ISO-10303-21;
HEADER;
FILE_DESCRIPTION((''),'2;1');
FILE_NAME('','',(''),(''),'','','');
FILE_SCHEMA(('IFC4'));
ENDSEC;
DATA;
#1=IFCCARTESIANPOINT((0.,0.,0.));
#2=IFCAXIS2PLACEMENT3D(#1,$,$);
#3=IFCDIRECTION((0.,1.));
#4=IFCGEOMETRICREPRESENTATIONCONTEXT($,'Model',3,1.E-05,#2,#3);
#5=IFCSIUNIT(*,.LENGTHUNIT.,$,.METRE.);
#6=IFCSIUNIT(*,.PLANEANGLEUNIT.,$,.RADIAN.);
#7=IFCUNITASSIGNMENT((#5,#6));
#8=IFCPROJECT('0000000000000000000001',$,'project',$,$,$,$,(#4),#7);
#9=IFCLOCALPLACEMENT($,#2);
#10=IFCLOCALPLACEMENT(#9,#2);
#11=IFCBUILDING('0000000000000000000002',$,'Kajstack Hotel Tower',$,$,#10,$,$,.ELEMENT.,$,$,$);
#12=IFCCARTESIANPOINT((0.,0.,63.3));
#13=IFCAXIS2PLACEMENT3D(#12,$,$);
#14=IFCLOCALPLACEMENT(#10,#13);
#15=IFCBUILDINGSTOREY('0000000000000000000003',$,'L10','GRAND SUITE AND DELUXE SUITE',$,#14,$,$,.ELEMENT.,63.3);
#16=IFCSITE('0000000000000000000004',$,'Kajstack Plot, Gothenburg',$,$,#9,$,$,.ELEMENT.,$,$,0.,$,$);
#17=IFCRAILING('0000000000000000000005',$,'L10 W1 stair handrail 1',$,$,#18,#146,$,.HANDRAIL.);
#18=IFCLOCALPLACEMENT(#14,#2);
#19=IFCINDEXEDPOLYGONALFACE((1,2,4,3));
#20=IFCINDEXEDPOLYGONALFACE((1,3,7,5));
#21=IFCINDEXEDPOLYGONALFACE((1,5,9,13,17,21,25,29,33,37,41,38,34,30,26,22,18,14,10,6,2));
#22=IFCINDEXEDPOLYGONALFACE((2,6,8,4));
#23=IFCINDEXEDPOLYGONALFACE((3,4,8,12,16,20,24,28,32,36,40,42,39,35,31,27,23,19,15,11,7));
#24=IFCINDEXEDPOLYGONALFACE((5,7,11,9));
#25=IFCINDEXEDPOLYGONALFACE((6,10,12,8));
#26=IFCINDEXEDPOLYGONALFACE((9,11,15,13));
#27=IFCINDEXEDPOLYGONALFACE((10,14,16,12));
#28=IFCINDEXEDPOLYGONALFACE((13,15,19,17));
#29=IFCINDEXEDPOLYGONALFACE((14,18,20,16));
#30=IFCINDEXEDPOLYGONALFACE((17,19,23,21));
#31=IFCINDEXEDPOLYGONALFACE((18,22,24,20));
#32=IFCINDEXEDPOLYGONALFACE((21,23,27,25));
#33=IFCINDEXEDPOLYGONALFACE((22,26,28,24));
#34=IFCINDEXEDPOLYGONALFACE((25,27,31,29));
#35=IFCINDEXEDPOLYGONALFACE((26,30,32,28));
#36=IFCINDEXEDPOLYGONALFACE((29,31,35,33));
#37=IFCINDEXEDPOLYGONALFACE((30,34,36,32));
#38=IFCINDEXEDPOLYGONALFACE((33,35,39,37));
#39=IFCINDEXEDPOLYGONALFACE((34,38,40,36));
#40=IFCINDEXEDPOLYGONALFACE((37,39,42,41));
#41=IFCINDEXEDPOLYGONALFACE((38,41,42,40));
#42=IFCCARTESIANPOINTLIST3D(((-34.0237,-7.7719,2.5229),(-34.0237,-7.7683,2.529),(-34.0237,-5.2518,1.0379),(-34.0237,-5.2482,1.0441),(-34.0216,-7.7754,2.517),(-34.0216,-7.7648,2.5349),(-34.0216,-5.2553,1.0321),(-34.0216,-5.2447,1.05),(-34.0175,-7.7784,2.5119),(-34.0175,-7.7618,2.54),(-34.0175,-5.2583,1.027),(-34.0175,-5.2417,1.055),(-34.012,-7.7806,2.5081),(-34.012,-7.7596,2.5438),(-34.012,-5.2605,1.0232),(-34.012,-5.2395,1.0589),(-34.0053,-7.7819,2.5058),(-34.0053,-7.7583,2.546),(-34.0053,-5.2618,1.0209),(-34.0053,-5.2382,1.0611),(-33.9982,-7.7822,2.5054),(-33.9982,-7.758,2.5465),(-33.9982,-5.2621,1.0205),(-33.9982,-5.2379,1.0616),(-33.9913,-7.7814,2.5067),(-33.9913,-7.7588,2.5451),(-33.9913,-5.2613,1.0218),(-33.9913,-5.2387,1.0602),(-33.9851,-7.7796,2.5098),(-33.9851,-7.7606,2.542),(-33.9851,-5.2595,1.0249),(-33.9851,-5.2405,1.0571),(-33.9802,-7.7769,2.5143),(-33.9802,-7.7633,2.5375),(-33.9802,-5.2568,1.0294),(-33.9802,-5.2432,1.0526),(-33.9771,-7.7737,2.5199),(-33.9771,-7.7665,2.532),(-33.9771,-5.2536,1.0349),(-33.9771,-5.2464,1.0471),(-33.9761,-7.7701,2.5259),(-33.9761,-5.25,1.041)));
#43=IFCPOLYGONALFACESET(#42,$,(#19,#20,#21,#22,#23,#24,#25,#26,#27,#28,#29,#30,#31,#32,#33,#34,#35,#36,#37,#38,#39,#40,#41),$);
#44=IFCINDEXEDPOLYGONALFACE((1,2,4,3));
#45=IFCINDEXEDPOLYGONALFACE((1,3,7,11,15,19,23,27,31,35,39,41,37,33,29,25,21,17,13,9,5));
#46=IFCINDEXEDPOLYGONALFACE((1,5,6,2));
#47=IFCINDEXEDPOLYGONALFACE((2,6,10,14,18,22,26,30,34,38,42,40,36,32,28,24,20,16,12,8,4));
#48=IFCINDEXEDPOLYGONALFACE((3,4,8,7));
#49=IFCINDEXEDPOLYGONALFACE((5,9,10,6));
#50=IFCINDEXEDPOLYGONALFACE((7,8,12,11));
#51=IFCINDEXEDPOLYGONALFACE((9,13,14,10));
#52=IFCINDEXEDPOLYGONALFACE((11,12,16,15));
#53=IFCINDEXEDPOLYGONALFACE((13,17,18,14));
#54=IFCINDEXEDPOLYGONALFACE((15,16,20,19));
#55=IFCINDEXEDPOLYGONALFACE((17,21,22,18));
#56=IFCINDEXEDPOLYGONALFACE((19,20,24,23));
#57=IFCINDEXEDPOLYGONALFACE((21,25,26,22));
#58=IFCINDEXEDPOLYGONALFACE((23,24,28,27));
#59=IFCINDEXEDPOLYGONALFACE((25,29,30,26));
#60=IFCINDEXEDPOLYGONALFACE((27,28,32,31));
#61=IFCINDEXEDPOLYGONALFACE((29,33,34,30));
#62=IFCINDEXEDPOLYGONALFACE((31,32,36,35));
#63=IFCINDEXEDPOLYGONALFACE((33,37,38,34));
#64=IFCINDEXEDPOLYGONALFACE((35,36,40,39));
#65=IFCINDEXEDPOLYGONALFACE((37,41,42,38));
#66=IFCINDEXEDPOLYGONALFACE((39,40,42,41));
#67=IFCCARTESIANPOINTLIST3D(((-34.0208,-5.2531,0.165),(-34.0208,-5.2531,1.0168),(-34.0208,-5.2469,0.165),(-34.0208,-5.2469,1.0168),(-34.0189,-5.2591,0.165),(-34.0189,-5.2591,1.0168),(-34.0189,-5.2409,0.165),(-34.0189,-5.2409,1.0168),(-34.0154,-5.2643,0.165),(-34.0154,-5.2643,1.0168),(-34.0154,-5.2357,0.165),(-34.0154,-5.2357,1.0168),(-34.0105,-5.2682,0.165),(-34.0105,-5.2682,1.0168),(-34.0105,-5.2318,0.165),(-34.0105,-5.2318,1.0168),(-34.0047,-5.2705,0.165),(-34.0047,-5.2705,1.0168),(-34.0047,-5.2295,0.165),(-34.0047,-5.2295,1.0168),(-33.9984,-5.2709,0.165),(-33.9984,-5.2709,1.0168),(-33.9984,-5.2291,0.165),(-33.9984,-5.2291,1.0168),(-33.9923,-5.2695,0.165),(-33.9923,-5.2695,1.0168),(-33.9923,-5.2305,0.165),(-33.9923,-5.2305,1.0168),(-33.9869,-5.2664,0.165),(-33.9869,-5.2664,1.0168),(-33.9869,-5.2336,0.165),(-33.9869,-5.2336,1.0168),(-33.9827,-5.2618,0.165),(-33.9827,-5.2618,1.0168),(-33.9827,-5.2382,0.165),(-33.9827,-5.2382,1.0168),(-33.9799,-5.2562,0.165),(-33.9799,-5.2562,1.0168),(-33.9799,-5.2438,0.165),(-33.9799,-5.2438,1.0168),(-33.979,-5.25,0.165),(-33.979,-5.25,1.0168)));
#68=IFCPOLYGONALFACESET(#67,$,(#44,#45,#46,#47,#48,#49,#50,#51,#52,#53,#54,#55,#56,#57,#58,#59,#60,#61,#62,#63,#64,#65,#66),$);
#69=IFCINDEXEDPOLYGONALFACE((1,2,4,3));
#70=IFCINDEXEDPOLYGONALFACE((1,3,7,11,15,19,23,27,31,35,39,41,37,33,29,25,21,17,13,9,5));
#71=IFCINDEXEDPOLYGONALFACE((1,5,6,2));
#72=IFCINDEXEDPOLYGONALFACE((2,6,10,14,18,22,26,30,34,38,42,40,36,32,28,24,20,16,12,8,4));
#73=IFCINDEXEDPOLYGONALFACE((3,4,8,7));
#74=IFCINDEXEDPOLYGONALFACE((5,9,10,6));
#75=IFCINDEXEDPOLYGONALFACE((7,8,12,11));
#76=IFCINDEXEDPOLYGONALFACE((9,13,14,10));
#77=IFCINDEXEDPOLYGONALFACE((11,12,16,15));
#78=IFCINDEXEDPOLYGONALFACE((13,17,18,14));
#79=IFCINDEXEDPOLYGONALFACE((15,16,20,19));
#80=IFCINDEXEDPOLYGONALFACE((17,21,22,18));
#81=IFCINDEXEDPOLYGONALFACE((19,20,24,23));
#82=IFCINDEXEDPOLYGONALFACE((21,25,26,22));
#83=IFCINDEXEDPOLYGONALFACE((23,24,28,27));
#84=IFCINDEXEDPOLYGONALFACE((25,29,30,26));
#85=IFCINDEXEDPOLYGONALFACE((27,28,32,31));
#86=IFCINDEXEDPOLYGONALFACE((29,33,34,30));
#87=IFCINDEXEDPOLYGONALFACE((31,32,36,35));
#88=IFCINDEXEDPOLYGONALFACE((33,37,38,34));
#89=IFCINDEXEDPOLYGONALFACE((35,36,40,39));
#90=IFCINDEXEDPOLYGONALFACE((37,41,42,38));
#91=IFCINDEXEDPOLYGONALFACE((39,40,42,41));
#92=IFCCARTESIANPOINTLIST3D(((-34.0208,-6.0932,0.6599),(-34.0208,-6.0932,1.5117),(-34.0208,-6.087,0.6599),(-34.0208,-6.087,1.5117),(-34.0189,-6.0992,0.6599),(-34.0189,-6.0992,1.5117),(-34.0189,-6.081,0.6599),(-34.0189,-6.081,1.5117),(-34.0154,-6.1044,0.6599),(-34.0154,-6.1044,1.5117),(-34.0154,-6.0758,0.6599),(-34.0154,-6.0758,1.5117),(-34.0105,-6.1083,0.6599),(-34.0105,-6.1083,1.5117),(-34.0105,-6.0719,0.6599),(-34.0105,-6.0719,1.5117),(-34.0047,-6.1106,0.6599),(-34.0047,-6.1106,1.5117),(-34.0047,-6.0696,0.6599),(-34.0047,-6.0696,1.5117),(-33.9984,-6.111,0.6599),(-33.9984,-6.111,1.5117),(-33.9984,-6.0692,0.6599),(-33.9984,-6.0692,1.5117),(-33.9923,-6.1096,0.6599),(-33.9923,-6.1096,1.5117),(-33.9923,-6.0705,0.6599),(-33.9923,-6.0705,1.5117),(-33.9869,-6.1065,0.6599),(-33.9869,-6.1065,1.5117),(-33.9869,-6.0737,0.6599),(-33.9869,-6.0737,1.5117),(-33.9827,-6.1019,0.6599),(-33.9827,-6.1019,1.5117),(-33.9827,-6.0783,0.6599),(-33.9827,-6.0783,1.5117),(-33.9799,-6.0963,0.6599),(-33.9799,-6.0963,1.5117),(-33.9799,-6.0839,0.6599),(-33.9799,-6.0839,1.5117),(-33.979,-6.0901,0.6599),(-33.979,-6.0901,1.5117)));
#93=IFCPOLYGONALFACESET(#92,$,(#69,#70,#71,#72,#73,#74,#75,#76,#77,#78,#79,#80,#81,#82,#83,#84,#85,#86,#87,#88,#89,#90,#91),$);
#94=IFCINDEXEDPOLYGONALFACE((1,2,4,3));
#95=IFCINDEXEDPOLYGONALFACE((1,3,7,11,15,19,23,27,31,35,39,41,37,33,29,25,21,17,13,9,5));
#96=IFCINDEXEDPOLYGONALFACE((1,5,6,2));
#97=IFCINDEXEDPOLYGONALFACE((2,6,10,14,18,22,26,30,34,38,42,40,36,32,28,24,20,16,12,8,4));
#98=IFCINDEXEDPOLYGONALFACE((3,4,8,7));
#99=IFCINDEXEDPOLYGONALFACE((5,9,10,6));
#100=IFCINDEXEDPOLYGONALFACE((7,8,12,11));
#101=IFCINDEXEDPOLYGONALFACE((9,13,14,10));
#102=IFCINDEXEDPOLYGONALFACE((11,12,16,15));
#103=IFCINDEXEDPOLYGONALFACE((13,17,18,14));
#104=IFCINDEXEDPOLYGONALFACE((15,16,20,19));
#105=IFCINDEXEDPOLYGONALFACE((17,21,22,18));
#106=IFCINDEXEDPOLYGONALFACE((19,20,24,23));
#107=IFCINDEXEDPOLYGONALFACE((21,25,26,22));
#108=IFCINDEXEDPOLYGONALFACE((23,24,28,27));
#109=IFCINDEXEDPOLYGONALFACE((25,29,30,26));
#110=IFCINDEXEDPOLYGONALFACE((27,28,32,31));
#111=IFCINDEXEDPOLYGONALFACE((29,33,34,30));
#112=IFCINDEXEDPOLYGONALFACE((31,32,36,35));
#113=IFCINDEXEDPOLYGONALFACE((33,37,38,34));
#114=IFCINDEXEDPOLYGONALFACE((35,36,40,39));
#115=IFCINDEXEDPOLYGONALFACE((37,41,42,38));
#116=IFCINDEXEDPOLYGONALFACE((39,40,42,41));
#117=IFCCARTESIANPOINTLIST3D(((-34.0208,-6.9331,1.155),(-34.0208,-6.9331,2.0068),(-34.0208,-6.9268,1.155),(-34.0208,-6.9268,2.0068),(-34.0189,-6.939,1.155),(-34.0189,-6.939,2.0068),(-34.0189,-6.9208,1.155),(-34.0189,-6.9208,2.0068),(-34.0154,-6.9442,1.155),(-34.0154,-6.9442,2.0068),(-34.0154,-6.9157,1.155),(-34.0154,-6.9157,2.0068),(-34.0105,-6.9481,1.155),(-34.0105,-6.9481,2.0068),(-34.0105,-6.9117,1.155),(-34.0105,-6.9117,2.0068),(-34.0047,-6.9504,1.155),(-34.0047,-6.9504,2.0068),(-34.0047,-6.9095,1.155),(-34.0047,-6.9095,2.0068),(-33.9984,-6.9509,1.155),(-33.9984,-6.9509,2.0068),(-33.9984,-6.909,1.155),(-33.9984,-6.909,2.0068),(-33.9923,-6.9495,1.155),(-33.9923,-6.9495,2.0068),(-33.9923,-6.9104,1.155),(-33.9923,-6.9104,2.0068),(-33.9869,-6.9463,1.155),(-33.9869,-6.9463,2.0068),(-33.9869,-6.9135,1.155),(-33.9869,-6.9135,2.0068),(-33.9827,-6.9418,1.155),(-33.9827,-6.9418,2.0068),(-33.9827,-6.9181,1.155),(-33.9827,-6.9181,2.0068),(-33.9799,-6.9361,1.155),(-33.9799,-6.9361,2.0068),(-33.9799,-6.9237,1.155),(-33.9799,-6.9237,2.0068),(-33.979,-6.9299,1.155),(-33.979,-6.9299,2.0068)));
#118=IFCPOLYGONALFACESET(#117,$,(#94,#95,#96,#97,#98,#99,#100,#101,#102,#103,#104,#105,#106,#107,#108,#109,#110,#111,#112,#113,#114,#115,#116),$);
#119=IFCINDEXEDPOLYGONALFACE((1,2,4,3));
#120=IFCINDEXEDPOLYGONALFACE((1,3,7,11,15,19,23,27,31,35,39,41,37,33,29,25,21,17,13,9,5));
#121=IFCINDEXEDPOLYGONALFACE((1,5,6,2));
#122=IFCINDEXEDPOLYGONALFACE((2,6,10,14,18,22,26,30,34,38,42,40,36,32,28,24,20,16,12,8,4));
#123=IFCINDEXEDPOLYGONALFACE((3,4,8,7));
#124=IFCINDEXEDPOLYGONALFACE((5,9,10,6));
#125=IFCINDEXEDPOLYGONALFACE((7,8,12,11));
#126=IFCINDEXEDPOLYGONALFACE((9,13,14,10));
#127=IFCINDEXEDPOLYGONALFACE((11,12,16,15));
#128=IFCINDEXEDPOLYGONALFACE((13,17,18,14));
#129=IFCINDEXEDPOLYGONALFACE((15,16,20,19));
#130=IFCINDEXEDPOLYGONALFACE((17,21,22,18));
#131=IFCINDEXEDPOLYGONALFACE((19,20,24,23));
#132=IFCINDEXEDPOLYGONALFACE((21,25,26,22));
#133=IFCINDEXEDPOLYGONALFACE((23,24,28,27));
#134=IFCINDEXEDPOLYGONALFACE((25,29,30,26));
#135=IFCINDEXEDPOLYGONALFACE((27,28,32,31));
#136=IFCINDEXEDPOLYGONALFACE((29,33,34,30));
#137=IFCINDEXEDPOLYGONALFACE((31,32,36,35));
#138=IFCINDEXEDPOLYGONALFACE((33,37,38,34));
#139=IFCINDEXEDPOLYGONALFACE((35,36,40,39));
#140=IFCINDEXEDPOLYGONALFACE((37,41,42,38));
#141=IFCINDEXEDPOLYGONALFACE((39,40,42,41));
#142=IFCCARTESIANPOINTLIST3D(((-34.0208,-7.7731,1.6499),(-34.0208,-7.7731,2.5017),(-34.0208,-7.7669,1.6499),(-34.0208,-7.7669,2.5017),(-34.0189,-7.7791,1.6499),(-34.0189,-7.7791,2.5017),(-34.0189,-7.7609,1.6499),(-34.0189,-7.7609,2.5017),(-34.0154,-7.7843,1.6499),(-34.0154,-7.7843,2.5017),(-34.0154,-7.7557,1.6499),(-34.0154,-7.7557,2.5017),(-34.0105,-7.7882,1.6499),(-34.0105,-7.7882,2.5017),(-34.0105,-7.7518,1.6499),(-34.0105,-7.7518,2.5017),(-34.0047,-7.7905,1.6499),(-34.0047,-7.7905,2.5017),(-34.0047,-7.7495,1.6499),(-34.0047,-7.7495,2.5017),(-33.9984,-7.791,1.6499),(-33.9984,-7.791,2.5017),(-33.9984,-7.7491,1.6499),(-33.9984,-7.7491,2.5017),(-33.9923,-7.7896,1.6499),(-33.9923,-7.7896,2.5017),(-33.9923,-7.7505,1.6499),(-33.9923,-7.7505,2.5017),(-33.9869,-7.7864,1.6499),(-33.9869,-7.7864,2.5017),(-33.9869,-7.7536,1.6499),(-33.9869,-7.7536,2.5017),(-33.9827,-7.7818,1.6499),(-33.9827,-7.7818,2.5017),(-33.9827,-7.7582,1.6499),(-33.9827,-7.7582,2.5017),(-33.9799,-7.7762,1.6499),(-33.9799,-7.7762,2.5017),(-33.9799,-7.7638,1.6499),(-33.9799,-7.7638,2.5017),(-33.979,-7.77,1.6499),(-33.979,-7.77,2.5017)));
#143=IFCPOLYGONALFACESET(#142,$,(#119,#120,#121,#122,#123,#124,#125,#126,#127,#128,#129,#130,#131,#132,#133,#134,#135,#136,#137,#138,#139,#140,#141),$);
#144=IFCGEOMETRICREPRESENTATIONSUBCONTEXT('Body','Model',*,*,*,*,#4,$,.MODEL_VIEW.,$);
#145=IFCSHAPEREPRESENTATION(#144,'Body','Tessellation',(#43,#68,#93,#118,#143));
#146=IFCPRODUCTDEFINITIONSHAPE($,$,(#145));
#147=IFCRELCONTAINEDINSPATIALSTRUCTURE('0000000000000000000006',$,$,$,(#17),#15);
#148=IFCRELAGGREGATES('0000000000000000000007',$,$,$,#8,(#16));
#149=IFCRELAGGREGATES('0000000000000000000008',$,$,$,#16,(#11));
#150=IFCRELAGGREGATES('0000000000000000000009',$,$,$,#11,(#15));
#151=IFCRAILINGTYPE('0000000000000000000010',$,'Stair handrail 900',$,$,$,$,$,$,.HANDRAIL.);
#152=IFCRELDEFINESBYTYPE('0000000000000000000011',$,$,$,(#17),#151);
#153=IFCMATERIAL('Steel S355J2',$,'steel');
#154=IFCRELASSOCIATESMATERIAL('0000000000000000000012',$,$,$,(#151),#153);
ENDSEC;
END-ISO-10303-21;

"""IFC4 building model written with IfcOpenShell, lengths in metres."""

from ifc_helpers import new_model, si_unit, direction, frame, origin, origin_2d, place, context, subcontext, project, spatial, circle, extrude, material, type_object, element, save


model = new_model("IFC4")

# Units and contexts
model_context = context("Model", 3, precision=1e-05, world=origin(), true_north=direction((0.0, 1.0)))
body_context = subcontext(model_context, "Body", "Model", "MODEL_VIEW")
ifc_project = project(units=[si_unit("LENGTHUNIT", "METRE"), si_unit("PLANEANGLEUNIT", "RADIAN")], contexts=[model_context])

# Site, building, storey
site_placement = place(None, origin())
site = spatial("IfcSite", under=ifc_project, at=site_placement, Name="Kajstack Plot, Gothenburg", CompositionType="ELEMENT", RefElevation=0.0)
building_placement = place(site_placement, origin())
building = spatial("IfcBuilding", under=site, at=building_placement, Name="Kajstack Hotel Tower", CompositionType="ELEMENT")
storey_placement = place(building_placement, frame((0.0, 0.0, 63.3)))
storey = spatial("IfcBuildingStorey", under=building, at=storey_placement, Name="L10", Description="GRAND SUITE AND DELUXE SUITE", CompositionType="ELEMENT", Elevation=63.3)

# Railing
ifc_material_1 = material(Name="Steel S355J2", Category="steel")
railing_type_1 = type_object("IfcRailingType", Name="Stair handrail 900", PredefinedType="HANDRAIL", material=ifc_material_1)
railing_1_placement = place(storey_placement, frame((-34.0, -5.25, 0.165)))
element("IfcRailing", 1, at=railing_1_placement, inside=storey, type_object=railing_type_1, Name="L10 W1 stair handrail 1", PredefinedType="HANDRAIL", context=body_context, shape_type="SweptSolid", body=[
    extrude(circle(Radius=0.0239, at=origin_2d()), frame((0.0, 0.0, 0.876), z_axis=(0.0, -0.861561, 0.507655), x_axis=(1.0, 0.0, 0.0)), (0.0, 0.0, 1.0), 2.925),
    extrude(circle(Radius=0.021, at=origin_2d()), origin(), (0.0, 0.0, 1.0), 0.8518),
    extrude(circle(Radius=0.021, at=origin_2d()), frame((0.0, -0.8401, 0.4949)), (0.0, 0.0, 1.0), 0.8518),
    extrude(circle(Radius=0.021, at=origin_2d()), frame((0.0, -1.6799, 0.99)), (0.0, 0.0, 1.0), 0.8518),
    extrude(circle(Radius=0.021, at=origin_2d()), frame((0.0, -2.52, 1.4849)), (0.0, 0.0, 1.0), 0.8518),
])

save(model, "model.ifc")
